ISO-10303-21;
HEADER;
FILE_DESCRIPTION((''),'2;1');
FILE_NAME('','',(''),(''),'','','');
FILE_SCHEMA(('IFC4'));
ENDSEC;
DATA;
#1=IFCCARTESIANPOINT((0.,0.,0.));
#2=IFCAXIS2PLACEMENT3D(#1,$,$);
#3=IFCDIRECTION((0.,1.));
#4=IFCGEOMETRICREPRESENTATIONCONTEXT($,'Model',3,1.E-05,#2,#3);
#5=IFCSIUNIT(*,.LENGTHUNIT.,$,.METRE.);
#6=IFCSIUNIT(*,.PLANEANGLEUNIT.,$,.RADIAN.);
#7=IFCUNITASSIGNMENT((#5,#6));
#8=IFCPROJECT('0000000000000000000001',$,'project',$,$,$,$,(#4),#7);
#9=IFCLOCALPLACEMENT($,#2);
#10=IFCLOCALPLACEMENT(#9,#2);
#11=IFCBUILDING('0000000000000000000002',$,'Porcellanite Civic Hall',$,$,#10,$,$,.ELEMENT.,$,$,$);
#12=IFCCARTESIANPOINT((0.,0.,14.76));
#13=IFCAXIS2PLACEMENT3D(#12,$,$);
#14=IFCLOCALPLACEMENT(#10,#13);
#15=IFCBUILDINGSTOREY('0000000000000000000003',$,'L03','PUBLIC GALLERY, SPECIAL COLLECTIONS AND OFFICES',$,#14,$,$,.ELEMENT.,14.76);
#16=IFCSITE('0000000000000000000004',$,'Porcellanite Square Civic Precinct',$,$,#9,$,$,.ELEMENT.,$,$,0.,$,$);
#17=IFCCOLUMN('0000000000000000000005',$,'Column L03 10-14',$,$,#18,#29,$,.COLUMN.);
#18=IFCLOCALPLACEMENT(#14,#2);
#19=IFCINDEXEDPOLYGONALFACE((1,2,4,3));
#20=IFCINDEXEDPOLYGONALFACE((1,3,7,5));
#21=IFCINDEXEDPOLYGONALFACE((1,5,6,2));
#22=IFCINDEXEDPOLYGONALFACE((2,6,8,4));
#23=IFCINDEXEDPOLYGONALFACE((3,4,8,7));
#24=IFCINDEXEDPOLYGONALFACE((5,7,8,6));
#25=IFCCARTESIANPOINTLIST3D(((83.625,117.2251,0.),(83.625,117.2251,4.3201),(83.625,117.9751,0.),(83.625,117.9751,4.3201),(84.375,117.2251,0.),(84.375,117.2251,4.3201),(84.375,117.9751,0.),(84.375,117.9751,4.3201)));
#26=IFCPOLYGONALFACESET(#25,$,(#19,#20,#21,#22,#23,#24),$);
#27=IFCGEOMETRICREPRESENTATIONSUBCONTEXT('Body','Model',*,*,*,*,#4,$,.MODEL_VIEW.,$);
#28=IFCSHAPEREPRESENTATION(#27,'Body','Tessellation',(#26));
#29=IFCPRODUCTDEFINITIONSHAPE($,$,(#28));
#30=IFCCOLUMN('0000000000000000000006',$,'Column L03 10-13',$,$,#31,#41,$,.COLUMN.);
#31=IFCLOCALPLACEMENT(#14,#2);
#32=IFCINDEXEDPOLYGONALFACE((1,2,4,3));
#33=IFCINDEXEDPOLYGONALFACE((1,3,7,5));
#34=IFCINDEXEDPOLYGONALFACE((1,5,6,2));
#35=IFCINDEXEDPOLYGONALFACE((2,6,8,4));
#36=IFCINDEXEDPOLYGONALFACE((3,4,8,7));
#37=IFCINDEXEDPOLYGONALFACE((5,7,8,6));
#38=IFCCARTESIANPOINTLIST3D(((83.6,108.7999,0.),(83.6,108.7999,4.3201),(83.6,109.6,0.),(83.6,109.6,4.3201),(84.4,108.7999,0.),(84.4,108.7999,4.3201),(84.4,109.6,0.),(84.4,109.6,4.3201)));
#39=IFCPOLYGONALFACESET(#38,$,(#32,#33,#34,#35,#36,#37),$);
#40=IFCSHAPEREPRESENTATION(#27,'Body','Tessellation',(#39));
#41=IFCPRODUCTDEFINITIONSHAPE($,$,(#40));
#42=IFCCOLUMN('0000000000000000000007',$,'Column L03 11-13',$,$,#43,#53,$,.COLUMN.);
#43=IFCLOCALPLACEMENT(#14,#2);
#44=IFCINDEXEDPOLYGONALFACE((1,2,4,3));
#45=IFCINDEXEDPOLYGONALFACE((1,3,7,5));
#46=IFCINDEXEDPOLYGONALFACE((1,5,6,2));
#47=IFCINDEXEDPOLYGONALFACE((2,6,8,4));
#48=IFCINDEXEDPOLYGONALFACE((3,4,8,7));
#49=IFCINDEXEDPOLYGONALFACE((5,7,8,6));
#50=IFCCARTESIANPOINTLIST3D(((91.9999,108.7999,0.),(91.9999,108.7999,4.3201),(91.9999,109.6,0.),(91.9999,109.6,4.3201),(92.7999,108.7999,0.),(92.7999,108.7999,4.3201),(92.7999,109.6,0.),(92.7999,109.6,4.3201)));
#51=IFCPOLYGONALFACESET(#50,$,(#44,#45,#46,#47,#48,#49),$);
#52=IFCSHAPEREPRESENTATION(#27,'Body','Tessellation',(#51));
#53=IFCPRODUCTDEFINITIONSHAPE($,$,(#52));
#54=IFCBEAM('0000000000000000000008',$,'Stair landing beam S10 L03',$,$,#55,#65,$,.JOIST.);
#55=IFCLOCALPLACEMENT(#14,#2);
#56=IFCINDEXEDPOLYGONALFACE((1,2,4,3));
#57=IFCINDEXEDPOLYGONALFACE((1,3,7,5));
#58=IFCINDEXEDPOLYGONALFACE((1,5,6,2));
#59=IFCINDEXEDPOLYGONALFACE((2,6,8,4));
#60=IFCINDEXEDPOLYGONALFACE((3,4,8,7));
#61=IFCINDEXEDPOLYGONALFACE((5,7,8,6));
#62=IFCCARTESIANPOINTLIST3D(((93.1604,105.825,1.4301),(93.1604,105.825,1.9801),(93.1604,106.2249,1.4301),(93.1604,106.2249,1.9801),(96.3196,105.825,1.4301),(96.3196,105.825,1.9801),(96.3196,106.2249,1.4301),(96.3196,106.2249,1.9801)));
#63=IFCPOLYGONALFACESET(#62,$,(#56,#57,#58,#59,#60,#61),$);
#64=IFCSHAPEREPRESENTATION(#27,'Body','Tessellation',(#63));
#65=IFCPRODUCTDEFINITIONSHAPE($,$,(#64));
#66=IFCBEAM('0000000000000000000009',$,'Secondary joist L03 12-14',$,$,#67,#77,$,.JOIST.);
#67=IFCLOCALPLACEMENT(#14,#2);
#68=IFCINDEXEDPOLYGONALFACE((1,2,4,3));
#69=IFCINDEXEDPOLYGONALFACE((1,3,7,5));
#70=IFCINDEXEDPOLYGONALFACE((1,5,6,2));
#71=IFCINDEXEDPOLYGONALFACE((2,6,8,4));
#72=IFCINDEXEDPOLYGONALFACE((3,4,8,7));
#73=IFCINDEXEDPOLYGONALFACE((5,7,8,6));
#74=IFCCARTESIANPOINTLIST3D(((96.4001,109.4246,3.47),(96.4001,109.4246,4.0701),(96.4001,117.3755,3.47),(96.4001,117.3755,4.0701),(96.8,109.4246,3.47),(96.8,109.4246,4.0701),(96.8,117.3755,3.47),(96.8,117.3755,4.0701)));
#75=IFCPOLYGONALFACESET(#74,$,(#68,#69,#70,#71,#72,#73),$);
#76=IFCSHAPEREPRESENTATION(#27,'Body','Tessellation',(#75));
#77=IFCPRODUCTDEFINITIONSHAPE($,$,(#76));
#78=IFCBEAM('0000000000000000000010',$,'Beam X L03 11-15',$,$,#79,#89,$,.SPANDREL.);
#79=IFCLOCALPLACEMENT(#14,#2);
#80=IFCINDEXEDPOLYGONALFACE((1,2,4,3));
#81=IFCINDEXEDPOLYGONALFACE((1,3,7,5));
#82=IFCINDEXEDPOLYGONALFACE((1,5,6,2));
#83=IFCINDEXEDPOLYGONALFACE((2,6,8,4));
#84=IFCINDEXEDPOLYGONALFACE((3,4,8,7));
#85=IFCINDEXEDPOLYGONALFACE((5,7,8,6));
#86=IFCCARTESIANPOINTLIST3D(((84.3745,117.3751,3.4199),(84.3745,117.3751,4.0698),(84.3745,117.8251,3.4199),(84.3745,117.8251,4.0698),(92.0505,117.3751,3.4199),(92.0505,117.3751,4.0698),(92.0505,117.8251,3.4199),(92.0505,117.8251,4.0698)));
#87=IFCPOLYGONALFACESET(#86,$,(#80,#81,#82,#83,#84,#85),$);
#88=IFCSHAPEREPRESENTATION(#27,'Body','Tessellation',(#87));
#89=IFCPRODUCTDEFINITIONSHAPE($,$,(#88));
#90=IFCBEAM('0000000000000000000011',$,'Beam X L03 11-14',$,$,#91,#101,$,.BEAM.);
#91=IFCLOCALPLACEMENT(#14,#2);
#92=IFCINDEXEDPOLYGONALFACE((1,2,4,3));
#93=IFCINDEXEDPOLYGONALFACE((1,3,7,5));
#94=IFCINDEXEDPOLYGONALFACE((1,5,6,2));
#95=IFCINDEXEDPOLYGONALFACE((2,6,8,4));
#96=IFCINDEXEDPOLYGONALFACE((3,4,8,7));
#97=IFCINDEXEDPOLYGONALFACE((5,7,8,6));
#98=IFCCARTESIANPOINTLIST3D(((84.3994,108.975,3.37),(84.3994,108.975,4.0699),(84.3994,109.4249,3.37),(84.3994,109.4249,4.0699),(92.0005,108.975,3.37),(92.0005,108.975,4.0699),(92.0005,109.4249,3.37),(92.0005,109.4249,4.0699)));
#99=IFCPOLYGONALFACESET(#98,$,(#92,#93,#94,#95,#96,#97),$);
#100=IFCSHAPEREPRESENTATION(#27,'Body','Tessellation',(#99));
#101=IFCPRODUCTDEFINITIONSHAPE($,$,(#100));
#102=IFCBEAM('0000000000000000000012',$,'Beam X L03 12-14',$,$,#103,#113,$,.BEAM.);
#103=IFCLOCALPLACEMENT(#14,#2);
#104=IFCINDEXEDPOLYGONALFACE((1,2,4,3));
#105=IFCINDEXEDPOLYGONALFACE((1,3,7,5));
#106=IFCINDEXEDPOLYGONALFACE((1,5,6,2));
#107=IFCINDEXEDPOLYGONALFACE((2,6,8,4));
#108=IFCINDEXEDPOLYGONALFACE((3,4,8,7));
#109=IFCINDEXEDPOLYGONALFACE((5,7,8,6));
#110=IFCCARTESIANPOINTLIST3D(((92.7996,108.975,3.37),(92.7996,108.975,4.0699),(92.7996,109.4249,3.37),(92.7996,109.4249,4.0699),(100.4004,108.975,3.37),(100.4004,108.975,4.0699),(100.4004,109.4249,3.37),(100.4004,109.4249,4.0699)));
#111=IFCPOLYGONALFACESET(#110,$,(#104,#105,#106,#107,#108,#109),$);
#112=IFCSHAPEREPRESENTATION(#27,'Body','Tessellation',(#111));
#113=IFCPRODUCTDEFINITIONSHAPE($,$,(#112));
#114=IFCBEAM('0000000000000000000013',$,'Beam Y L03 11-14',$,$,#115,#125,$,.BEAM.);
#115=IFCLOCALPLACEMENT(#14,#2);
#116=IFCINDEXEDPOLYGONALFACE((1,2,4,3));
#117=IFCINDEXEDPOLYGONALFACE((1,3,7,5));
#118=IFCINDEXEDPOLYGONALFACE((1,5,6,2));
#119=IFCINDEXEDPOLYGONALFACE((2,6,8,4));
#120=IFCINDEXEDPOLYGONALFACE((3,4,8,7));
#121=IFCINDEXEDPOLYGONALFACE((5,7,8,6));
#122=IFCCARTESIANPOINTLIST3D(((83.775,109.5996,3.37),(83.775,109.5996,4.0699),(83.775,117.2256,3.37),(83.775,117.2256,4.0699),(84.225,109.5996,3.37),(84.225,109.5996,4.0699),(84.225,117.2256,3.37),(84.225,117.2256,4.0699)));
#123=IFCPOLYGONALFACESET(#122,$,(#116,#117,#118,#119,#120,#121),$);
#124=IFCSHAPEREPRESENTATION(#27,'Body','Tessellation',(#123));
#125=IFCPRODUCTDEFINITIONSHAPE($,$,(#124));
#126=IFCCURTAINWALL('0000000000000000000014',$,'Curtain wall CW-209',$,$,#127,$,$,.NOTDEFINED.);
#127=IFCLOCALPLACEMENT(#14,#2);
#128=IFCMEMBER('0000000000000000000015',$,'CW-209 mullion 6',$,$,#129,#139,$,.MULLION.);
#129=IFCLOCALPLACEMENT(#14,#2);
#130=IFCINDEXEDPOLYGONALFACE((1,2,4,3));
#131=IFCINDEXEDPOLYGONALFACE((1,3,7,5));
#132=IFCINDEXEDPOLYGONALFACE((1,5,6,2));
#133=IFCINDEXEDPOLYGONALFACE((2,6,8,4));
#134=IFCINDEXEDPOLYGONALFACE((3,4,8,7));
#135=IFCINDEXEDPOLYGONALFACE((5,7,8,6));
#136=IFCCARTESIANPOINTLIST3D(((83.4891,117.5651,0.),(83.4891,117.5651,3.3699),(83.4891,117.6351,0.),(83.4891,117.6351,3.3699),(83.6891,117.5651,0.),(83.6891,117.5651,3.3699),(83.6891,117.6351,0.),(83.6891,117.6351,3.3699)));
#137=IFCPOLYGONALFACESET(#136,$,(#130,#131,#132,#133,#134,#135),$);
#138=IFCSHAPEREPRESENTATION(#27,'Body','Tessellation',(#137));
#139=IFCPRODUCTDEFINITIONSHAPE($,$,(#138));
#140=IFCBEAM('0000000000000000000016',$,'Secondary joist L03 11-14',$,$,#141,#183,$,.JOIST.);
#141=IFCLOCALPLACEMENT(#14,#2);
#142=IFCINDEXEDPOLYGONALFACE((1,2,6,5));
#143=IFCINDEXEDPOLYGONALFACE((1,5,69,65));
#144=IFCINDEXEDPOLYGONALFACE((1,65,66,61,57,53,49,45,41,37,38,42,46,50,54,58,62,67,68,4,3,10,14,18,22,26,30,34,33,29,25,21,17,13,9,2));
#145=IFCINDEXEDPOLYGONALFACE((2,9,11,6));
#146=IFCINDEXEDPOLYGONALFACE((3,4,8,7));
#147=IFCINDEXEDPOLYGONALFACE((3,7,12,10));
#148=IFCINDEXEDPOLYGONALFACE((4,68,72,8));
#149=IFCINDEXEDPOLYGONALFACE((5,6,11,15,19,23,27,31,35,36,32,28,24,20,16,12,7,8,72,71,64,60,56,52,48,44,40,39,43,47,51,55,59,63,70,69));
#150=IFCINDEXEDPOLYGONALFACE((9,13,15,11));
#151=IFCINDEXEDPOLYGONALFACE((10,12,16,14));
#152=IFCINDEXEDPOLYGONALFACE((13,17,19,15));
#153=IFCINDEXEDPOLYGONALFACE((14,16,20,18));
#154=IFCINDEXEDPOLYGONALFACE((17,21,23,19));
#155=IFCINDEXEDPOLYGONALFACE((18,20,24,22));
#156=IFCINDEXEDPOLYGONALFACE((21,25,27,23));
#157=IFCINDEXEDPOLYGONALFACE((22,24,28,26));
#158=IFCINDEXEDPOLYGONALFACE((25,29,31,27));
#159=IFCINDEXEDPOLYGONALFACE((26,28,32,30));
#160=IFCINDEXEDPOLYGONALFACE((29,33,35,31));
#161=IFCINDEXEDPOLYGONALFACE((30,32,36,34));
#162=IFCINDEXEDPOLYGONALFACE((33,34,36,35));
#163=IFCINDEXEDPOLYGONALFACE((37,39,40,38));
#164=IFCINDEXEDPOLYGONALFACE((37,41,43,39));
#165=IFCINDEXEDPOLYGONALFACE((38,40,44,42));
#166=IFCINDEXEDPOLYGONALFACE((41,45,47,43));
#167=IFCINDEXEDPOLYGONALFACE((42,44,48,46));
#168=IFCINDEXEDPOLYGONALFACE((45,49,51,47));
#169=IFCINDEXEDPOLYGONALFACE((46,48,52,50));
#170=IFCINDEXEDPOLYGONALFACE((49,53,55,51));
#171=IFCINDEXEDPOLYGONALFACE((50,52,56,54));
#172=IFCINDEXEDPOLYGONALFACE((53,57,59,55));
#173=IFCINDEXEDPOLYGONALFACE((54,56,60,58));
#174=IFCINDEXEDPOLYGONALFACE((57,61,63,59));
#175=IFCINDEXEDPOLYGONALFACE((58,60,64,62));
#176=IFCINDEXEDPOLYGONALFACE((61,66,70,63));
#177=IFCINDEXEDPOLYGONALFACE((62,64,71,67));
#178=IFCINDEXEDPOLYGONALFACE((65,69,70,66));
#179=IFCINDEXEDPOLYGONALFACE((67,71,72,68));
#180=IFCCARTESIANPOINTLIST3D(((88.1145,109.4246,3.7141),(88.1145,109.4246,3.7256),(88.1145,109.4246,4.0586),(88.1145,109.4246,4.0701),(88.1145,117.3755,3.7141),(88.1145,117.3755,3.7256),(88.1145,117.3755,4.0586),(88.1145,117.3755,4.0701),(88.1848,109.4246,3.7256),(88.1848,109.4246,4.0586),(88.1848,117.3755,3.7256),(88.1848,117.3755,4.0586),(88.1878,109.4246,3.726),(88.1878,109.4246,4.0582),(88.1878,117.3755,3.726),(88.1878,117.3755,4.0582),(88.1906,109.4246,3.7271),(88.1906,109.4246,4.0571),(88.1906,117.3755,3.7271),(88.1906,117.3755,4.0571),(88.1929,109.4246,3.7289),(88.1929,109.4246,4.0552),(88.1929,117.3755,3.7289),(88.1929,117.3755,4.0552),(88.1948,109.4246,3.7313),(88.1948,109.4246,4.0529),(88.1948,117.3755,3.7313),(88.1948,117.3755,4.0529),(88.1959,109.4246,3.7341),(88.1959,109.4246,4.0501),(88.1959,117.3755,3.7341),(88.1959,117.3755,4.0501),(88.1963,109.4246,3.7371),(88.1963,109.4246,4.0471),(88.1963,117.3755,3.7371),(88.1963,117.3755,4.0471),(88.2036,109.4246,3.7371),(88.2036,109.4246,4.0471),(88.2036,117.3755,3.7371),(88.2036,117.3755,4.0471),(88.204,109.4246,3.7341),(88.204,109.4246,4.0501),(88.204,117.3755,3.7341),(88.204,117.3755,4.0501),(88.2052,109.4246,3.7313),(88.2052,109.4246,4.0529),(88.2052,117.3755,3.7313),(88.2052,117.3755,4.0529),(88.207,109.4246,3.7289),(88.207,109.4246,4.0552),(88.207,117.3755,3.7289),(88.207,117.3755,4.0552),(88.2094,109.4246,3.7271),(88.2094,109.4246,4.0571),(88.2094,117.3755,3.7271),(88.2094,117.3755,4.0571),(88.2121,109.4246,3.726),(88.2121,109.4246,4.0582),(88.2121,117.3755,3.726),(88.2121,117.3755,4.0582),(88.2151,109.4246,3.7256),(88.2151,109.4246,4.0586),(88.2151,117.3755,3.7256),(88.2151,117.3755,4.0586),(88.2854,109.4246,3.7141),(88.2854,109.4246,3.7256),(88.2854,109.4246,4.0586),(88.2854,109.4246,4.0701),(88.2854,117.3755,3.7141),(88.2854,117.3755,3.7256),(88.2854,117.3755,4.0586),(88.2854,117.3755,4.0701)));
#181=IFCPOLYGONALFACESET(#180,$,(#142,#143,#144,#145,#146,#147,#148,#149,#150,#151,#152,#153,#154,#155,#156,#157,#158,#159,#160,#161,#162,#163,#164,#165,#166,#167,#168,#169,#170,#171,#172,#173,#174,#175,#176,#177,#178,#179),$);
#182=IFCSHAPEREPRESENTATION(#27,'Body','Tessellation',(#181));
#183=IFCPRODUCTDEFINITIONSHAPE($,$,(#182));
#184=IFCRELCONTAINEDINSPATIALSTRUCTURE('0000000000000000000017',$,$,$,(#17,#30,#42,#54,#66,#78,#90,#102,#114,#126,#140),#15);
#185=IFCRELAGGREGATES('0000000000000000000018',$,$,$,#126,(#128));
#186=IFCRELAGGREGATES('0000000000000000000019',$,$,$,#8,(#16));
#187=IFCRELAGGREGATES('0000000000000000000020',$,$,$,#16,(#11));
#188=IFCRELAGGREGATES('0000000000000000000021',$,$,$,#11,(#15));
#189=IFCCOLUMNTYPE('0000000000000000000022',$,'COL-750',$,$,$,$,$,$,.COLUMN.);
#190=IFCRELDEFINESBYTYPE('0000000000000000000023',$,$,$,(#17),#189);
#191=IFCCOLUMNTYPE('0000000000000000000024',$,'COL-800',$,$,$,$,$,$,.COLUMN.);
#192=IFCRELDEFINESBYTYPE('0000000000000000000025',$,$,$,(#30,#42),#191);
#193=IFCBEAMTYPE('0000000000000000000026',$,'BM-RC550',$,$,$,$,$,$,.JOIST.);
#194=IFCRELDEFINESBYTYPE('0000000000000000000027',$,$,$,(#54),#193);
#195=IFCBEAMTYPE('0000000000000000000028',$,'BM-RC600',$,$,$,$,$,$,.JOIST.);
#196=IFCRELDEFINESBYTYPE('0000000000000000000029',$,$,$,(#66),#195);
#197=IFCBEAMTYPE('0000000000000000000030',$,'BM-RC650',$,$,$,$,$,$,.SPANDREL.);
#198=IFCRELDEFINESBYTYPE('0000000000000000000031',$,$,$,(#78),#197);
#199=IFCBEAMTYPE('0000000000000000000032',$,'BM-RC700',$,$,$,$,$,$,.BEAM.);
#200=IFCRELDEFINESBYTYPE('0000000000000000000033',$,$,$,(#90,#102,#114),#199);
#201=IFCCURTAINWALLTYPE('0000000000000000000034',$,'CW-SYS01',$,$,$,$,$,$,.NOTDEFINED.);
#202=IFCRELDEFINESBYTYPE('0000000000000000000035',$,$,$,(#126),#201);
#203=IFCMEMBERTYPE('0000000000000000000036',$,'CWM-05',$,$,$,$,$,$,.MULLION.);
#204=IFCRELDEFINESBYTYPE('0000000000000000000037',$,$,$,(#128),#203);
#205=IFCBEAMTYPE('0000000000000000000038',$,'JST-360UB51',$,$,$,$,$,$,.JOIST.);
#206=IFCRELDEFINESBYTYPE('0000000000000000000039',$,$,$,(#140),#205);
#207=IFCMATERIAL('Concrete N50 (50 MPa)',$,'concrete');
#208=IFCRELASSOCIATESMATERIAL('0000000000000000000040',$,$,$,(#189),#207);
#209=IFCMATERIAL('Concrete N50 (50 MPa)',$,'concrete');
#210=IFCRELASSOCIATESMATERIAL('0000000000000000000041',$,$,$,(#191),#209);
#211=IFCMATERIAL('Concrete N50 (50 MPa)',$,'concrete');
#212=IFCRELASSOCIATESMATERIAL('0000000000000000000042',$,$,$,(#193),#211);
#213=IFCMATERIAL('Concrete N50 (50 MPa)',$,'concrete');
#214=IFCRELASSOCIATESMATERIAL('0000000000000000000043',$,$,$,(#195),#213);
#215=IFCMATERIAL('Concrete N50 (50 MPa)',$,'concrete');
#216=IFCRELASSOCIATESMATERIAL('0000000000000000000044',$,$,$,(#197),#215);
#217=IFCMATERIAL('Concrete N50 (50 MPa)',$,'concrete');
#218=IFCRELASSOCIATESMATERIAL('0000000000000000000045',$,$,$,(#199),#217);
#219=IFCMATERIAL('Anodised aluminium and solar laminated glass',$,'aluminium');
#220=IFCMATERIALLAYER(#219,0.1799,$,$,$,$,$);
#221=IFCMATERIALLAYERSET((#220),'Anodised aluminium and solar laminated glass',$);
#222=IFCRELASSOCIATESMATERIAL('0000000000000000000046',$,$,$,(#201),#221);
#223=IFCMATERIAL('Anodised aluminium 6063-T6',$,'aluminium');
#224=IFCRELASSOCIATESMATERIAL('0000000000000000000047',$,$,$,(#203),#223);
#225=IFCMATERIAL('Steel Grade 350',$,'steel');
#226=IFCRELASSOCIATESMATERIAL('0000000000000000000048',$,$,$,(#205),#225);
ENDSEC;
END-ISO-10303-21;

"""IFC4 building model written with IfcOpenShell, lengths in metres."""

from ifc_helpers import new_model, si_unit, direction, frame, origin, origin_2d, place, context, subcontext, project, spatial, rectangle, i_section, extrude, material, layer, layer_set, material_profile, profile_set, type_object, element, aggregate, save


model = new_model("IFC4")

# Units and contexts
model_context = context("Model", 3, precision=1e-05, world=origin(), true_north=direction((0.0, 1.0)))
body_context = subcontext(model_context, "Body", "Model", "MODEL_VIEW")
ifc_project = project(units=[si_unit("LENGTHUNIT", "METRE"), si_unit("PLANEANGLEUNIT", "RADIAN")], contexts=[model_context])

# Site, building, storey
site_placement = place(None, origin())
site = spatial("IfcSite", under=ifc_project, at=site_placement, Name="Porcellanite Square Civic Precinct", CompositionType="ELEMENT", RefElevation=0.0)
building_placement = place(site_placement, origin())
building = spatial("IfcBuilding", under=site, at=building_placement, Name="Porcellanite Civic Hall", CompositionType="ELEMENT")
storey_placement = place(building_placement, frame((0.0, 0.0, 14.76)))
storey = spatial("IfcBuildingStorey", under=building, at=storey_placement, Name="L03", Description="PUBLIC GALLERY, SPECIAL COLLECTIONS AND OFFICES", CompositionType="ELEMENT", Elevation=14.76)

# Columns
ifc_material_1 = material(Name="Concrete N50 (50 MPa)", Category="concrete")
ifc_material_profile_1 = material_profile(ifc_material_1, rectangle(XDim=0.75, YDim=0.75, at=origin_2d()), Name="RC-750x750")
ifc_profile_set_1 = profile_set([ifc_material_profile_1], Name="Concrete N50 (50 MPa)")
column_type_1 = type_object("IfcColumnType", Name="COL-750", PredefinedType="COLUMN", material=ifc_profile_set_1)
column_placement = place(storey_placement, frame((84.0, 117.6001, 0.0), z_axis=(0.0, 0.0, 1.0), x_axis=(1.0, 0.0, 0.0)))
element("IfcColumn", 1, at=column_placement, inside=storey, type_object=column_type_1, Name="Column L03 10-14", PredefinedType="COLUMN", context=body_context, shape_type="SweptSolid", body=[
    extrude(rectangle(XDim=0.75, YDim=0.75, at=origin_2d()), origin(), (0.0, 0.0, 1.0), 4.3201),
])
ifc_material_2 = material(Name="Concrete N50 (50 MPa)", Category="concrete")
ifc_material_profile_2 = material_profile(ifc_material_2, rectangle(XDim=0.8, YDim=0.8, at=origin_2d()), Name="RC-800x800")
ifc_profile_set_2 = profile_set([ifc_material_profile_2], Name="Concrete N50 (50 MPa)")
column_type_2 = type_object("IfcColumnType", Name="COL-800", PredefinedType="COLUMN", material=ifc_profile_set_2)
for number, where, z_axis, x_axis, name in (
    (2, (84.0, 109.2, 0.0), (0.0, 0.0, 1.0), (1.0, 0.0, 0.0), "Column L03 10-13"),
    (3, (92.3999, 109.2, 0.0), (0.0, 0.0, 1.0), (1.0, 0.0, 0.0), "Column L03 11-13"),
):
    element("IfcColumn", number, at=place(storey_placement, frame(where, z_axis=z_axis, x_axis=x_axis)), inside=storey, type_object=column_type_2, Name=name, PredefinedType="COLUMN", context=body_context, shape_type="SweptSolid", body=[
        extrude(rectangle(XDim=0.8, YDim=0.8, at=origin_2d()), origin(), (0.0, 0.0, 1.0), 4.3201),
    ])

# Beams
ifc_material_3 = material(Name="Concrete N50 (50 MPa)", Category="concrete")
ifc_material_profile_3 = material_profile(ifc_material_3, rectangle(XDim=0.3999, YDim=0.55, at=origin_2d()), Name="RC-400x550")
ifc_profile_set_3 = profile_set([ifc_material_profile_3], Name="Concrete N50 (50 MPa)")
beam_type_1 = type_object("IfcBeamType", Name="BM-RC550", PredefinedType="JOIST", material=ifc_profile_set_3)
beam_1_placement = place(storey_placement, frame((93.1604, 106.0249, 1.7051), z_axis=(1.0, 0.0, 0.0), x_axis=(0.0, 1.0, 0.0)))
element("IfcBeam", 4, at=beam_1_placement, inside=storey, type_object=beam_type_1, Name="Stair landing beam S10 L03", PredefinedType="JOIST", context=body_context, shape_type="SweptSolid", body=[
    extrude(rectangle(XDim=0.3999, YDim=0.55, at=origin_2d()), origin(), (0.0, 0.0, 1.0), 3.1592),
])
ifc_material_4 = material(Name="Concrete N50 (50 MPa)", Category="concrete")
ifc_material_profile_4 = material_profile(ifc_material_4, rectangle(XDim=0.3999, YDim=0.6001, at=origin_2d()), Name="RC-400x600")
ifc_profile_set_4 = profile_set([ifc_material_profile_4], Name="Concrete N50 (50 MPa)")
beam_type_2 = type_object("IfcBeamType", Name="BM-RC600", PredefinedType="JOIST", material=ifc_profile_set_4)
beam_2_placement = place(storey_placement, frame((96.6001, 109.4246, 3.77), z_axis=(0.0, 1.0, 0.0), x_axis=(-1.0, 0.0, 0.0)))
element("IfcBeam", 5, at=beam_2_placement, inside=storey, type_object=beam_type_2, Name="Secondary joist L03 12-14", PredefinedType="JOIST", context=body_context, shape_type="SweptSolid", body=[
    extrude(rectangle(XDim=0.3999, YDim=0.6001, at=origin_2d()), origin(), (0.0, 0.0, 1.0), 7.9509),
])
ifc_material_5 = material(Name="Concrete N50 (50 MPa)", Category="concrete")
ifc_material_profile_5 = material_profile(ifc_material_5, rectangle(XDim=0.45, YDim=0.6499, at=origin_2d()), Name="RC-450x650")
ifc_profile_set_5 = profile_set([ifc_material_profile_5], Name="Concrete N50 (50 MPa)")
beam_type_3 = type_object("IfcBeamType", Name="BM-RC650", PredefinedType="SPANDREL", material=ifc_profile_set_5)
beam_3_placement = place(storey_placement, frame((84.3745, 117.6001, 3.7449), z_axis=(1.0, 0.0, 0.0), x_axis=(0.0, 1.0, 0.0)))
element("IfcBeam", 6, at=beam_3_placement, inside=storey, type_object=beam_type_3, Name="Beam X L03 11-15", PredefinedType="SPANDREL", context=body_context, shape_type="SweptSolid", body=[
    extrude(rectangle(XDim=0.45, YDim=0.6499, at=origin_2d()), origin(), (0.0, 0.0, 1.0), 7.676),
])
ifc_material_6 = material(Name="Concrete N50 (50 MPa)", Category="concrete")
ifc_material_profile_6 = material_profile(ifc_material_6, rectangle(XDim=0.45, YDim=0.7, at=origin_2d()), Name="RC-450x700")
ifc_profile_set_6 = profile_set([ifc_material_profile_6], Name="Concrete N50 (50 MPa)")
beam_type_4 = type_object("IfcBeamType", Name="BM-RC700", PredefinedType="BEAM", material=ifc_profile_set_6)
beam_4_placement = place(storey_placement, frame((84.3994, 109.2, 3.72), z_axis=(1.0, 0.0, 0.0), x_axis=(0.0, 1.0, 0.0)))
element("IfcBeam", 7, at=beam_4_placement, inside=storey, type_object=beam_type_4, Name="Beam X L03 11-14", PredefinedType="BEAM", context=body_context, shape_type="SweptSolid", body=[
    extrude(rectangle(XDim=0.45, YDim=0.7, at=origin_2d()), origin(), (0.0, 0.0, 1.0), 7.6011),
])
beam_5_placement = place(storey_placement, frame((92.7996, 109.2, 3.72), z_axis=(1.0, 0.0, 0.0), x_axis=(0.0, 1.0, 0.0)))
element("IfcBeam", 8, at=beam_5_placement, inside=storey, type_object=beam_type_4, Name="Beam X L03 12-14", PredefinedType="BEAM", context=body_context, shape_type="SweptSolid", body=[
    extrude(rectangle(XDim=0.45, YDim=0.7, at=origin_2d()), origin(), (0.0, 0.0, 1.0), 7.6008),
])
beam_6_placement = place(storey_placement, frame((84.0, 109.5996, 3.72), z_axis=(0.0, 1.0, 0.0), x_axis=(-1.0, 0.0, 0.0)))
element("IfcBeam", 9, at=beam_6_placement, inside=storey, type_object=beam_type_4, Name="Beam Y L03 11-14", PredefinedType="BEAM", context=body_context, shape_type="SweptSolid", body=[
    extrude(rectangle(XDim=0.45, YDim=0.7, at=origin_2d()), origin(), (0.0, 0.0, 1.0), 7.626),
])

# Curtain wall, member
ifc_material_7 = material(Name="Anodised aluminium and solar laminated glass", Category="aluminium")
ifc_layer_1 = layer(ifc_material_7, 0.1799)
ifc_layer_set_1 = layer_set([ifc_layer_1], Name="Anodised aluminium and solar laminated glass")
curtain_wall_type = type_object("IfcCurtainWallType", Name="CW-SYS01", PredefinedType="NOTDEFINED", material=ifc_layer_set_1)
curtain_wall_placement = place(storey_placement, origin())
curtain_wall = element("IfcCurtainWall", 10, at=curtain_wall_placement, inside=storey, type_object=curtain_wall_type, Name="Curtain wall CW-209", PredefinedType="NOTDEFINED")
ifc_material_8 = material(Name="Anodised aluminium 6063-T6", Category="aluminium")
ifc_material_profile_7 = material_profile(ifc_material_8, rectangle(XDim=0.0701, YDim=0.2, at=origin_2d()), Name="AL-70x200")
ifc_profile_set_7 = profile_set([ifc_material_profile_7], Name="Anodised aluminium 6063-T6")
member_type = type_object("IfcMemberType", Name="CWM-05", PredefinedType="MULLION", material=ifc_profile_set_7)
member_placement = place(storey_placement, frame((83.5891, 117.6001, 0.0), z_axis=(0.0, 0.0, 1.0), x_axis=(0.0, 1.0, 0.0)))
member = element("IfcMember", 11, at=member_placement, type_object=member_type, Name="CW-209 mullion 6", PredefinedType="MULLION", context=body_context, shape_type="SweptSolid", body=[
    extrude(rectangle(XDim=0.0701, YDim=0.2, at=origin_2d()), origin(), (0.0, 0.0, 1.0), 3.3699),
])

# Beam
ifc_material_9 = material(Name="Steel Grade 350", Category="steel")
ifc_material_profile_8 = material_profile(ifc_material_9, i_section(OverallWidth=0.1709, OverallDepth=0.356, WebThickness=0.0073, FlangeThickness=0.0115, FilletRadius=0.0115, at=origin_2d()), Name="360UB50.7")
ifc_profile_set_8 = profile_set([ifc_material_profile_8], Name="Steel Grade 350")
beam_type_5 = type_object("IfcBeamType", Name="JST-360UB51", PredefinedType="JOIST", material=ifc_profile_set_8)
beam_7_placement = place(storey_placement, frame((88.2, 109.4246, 3.8921), z_axis=(0.0, 1.0, 0.0), x_axis=(-1.0, 0.0, 0.0)))
element("IfcBeam", 12, at=beam_7_placement, inside=storey, type_object=beam_type_5, Name="Secondary joist L03 11-14", PredefinedType="JOIST", context=body_context, shape_type="SweptSolid", body=[
    extrude(i_section(OverallWidth=0.1709, OverallDepth=0.356, WebThickness=0.0073, FlangeThickness=0.0115, FilletRadius=0.0115, at=origin_2d()), origin(), (0.0, 0.0, 1.0), 7.9509),
])

aggregate(curtain_wall, [member])

save(model, "model.ifc")
